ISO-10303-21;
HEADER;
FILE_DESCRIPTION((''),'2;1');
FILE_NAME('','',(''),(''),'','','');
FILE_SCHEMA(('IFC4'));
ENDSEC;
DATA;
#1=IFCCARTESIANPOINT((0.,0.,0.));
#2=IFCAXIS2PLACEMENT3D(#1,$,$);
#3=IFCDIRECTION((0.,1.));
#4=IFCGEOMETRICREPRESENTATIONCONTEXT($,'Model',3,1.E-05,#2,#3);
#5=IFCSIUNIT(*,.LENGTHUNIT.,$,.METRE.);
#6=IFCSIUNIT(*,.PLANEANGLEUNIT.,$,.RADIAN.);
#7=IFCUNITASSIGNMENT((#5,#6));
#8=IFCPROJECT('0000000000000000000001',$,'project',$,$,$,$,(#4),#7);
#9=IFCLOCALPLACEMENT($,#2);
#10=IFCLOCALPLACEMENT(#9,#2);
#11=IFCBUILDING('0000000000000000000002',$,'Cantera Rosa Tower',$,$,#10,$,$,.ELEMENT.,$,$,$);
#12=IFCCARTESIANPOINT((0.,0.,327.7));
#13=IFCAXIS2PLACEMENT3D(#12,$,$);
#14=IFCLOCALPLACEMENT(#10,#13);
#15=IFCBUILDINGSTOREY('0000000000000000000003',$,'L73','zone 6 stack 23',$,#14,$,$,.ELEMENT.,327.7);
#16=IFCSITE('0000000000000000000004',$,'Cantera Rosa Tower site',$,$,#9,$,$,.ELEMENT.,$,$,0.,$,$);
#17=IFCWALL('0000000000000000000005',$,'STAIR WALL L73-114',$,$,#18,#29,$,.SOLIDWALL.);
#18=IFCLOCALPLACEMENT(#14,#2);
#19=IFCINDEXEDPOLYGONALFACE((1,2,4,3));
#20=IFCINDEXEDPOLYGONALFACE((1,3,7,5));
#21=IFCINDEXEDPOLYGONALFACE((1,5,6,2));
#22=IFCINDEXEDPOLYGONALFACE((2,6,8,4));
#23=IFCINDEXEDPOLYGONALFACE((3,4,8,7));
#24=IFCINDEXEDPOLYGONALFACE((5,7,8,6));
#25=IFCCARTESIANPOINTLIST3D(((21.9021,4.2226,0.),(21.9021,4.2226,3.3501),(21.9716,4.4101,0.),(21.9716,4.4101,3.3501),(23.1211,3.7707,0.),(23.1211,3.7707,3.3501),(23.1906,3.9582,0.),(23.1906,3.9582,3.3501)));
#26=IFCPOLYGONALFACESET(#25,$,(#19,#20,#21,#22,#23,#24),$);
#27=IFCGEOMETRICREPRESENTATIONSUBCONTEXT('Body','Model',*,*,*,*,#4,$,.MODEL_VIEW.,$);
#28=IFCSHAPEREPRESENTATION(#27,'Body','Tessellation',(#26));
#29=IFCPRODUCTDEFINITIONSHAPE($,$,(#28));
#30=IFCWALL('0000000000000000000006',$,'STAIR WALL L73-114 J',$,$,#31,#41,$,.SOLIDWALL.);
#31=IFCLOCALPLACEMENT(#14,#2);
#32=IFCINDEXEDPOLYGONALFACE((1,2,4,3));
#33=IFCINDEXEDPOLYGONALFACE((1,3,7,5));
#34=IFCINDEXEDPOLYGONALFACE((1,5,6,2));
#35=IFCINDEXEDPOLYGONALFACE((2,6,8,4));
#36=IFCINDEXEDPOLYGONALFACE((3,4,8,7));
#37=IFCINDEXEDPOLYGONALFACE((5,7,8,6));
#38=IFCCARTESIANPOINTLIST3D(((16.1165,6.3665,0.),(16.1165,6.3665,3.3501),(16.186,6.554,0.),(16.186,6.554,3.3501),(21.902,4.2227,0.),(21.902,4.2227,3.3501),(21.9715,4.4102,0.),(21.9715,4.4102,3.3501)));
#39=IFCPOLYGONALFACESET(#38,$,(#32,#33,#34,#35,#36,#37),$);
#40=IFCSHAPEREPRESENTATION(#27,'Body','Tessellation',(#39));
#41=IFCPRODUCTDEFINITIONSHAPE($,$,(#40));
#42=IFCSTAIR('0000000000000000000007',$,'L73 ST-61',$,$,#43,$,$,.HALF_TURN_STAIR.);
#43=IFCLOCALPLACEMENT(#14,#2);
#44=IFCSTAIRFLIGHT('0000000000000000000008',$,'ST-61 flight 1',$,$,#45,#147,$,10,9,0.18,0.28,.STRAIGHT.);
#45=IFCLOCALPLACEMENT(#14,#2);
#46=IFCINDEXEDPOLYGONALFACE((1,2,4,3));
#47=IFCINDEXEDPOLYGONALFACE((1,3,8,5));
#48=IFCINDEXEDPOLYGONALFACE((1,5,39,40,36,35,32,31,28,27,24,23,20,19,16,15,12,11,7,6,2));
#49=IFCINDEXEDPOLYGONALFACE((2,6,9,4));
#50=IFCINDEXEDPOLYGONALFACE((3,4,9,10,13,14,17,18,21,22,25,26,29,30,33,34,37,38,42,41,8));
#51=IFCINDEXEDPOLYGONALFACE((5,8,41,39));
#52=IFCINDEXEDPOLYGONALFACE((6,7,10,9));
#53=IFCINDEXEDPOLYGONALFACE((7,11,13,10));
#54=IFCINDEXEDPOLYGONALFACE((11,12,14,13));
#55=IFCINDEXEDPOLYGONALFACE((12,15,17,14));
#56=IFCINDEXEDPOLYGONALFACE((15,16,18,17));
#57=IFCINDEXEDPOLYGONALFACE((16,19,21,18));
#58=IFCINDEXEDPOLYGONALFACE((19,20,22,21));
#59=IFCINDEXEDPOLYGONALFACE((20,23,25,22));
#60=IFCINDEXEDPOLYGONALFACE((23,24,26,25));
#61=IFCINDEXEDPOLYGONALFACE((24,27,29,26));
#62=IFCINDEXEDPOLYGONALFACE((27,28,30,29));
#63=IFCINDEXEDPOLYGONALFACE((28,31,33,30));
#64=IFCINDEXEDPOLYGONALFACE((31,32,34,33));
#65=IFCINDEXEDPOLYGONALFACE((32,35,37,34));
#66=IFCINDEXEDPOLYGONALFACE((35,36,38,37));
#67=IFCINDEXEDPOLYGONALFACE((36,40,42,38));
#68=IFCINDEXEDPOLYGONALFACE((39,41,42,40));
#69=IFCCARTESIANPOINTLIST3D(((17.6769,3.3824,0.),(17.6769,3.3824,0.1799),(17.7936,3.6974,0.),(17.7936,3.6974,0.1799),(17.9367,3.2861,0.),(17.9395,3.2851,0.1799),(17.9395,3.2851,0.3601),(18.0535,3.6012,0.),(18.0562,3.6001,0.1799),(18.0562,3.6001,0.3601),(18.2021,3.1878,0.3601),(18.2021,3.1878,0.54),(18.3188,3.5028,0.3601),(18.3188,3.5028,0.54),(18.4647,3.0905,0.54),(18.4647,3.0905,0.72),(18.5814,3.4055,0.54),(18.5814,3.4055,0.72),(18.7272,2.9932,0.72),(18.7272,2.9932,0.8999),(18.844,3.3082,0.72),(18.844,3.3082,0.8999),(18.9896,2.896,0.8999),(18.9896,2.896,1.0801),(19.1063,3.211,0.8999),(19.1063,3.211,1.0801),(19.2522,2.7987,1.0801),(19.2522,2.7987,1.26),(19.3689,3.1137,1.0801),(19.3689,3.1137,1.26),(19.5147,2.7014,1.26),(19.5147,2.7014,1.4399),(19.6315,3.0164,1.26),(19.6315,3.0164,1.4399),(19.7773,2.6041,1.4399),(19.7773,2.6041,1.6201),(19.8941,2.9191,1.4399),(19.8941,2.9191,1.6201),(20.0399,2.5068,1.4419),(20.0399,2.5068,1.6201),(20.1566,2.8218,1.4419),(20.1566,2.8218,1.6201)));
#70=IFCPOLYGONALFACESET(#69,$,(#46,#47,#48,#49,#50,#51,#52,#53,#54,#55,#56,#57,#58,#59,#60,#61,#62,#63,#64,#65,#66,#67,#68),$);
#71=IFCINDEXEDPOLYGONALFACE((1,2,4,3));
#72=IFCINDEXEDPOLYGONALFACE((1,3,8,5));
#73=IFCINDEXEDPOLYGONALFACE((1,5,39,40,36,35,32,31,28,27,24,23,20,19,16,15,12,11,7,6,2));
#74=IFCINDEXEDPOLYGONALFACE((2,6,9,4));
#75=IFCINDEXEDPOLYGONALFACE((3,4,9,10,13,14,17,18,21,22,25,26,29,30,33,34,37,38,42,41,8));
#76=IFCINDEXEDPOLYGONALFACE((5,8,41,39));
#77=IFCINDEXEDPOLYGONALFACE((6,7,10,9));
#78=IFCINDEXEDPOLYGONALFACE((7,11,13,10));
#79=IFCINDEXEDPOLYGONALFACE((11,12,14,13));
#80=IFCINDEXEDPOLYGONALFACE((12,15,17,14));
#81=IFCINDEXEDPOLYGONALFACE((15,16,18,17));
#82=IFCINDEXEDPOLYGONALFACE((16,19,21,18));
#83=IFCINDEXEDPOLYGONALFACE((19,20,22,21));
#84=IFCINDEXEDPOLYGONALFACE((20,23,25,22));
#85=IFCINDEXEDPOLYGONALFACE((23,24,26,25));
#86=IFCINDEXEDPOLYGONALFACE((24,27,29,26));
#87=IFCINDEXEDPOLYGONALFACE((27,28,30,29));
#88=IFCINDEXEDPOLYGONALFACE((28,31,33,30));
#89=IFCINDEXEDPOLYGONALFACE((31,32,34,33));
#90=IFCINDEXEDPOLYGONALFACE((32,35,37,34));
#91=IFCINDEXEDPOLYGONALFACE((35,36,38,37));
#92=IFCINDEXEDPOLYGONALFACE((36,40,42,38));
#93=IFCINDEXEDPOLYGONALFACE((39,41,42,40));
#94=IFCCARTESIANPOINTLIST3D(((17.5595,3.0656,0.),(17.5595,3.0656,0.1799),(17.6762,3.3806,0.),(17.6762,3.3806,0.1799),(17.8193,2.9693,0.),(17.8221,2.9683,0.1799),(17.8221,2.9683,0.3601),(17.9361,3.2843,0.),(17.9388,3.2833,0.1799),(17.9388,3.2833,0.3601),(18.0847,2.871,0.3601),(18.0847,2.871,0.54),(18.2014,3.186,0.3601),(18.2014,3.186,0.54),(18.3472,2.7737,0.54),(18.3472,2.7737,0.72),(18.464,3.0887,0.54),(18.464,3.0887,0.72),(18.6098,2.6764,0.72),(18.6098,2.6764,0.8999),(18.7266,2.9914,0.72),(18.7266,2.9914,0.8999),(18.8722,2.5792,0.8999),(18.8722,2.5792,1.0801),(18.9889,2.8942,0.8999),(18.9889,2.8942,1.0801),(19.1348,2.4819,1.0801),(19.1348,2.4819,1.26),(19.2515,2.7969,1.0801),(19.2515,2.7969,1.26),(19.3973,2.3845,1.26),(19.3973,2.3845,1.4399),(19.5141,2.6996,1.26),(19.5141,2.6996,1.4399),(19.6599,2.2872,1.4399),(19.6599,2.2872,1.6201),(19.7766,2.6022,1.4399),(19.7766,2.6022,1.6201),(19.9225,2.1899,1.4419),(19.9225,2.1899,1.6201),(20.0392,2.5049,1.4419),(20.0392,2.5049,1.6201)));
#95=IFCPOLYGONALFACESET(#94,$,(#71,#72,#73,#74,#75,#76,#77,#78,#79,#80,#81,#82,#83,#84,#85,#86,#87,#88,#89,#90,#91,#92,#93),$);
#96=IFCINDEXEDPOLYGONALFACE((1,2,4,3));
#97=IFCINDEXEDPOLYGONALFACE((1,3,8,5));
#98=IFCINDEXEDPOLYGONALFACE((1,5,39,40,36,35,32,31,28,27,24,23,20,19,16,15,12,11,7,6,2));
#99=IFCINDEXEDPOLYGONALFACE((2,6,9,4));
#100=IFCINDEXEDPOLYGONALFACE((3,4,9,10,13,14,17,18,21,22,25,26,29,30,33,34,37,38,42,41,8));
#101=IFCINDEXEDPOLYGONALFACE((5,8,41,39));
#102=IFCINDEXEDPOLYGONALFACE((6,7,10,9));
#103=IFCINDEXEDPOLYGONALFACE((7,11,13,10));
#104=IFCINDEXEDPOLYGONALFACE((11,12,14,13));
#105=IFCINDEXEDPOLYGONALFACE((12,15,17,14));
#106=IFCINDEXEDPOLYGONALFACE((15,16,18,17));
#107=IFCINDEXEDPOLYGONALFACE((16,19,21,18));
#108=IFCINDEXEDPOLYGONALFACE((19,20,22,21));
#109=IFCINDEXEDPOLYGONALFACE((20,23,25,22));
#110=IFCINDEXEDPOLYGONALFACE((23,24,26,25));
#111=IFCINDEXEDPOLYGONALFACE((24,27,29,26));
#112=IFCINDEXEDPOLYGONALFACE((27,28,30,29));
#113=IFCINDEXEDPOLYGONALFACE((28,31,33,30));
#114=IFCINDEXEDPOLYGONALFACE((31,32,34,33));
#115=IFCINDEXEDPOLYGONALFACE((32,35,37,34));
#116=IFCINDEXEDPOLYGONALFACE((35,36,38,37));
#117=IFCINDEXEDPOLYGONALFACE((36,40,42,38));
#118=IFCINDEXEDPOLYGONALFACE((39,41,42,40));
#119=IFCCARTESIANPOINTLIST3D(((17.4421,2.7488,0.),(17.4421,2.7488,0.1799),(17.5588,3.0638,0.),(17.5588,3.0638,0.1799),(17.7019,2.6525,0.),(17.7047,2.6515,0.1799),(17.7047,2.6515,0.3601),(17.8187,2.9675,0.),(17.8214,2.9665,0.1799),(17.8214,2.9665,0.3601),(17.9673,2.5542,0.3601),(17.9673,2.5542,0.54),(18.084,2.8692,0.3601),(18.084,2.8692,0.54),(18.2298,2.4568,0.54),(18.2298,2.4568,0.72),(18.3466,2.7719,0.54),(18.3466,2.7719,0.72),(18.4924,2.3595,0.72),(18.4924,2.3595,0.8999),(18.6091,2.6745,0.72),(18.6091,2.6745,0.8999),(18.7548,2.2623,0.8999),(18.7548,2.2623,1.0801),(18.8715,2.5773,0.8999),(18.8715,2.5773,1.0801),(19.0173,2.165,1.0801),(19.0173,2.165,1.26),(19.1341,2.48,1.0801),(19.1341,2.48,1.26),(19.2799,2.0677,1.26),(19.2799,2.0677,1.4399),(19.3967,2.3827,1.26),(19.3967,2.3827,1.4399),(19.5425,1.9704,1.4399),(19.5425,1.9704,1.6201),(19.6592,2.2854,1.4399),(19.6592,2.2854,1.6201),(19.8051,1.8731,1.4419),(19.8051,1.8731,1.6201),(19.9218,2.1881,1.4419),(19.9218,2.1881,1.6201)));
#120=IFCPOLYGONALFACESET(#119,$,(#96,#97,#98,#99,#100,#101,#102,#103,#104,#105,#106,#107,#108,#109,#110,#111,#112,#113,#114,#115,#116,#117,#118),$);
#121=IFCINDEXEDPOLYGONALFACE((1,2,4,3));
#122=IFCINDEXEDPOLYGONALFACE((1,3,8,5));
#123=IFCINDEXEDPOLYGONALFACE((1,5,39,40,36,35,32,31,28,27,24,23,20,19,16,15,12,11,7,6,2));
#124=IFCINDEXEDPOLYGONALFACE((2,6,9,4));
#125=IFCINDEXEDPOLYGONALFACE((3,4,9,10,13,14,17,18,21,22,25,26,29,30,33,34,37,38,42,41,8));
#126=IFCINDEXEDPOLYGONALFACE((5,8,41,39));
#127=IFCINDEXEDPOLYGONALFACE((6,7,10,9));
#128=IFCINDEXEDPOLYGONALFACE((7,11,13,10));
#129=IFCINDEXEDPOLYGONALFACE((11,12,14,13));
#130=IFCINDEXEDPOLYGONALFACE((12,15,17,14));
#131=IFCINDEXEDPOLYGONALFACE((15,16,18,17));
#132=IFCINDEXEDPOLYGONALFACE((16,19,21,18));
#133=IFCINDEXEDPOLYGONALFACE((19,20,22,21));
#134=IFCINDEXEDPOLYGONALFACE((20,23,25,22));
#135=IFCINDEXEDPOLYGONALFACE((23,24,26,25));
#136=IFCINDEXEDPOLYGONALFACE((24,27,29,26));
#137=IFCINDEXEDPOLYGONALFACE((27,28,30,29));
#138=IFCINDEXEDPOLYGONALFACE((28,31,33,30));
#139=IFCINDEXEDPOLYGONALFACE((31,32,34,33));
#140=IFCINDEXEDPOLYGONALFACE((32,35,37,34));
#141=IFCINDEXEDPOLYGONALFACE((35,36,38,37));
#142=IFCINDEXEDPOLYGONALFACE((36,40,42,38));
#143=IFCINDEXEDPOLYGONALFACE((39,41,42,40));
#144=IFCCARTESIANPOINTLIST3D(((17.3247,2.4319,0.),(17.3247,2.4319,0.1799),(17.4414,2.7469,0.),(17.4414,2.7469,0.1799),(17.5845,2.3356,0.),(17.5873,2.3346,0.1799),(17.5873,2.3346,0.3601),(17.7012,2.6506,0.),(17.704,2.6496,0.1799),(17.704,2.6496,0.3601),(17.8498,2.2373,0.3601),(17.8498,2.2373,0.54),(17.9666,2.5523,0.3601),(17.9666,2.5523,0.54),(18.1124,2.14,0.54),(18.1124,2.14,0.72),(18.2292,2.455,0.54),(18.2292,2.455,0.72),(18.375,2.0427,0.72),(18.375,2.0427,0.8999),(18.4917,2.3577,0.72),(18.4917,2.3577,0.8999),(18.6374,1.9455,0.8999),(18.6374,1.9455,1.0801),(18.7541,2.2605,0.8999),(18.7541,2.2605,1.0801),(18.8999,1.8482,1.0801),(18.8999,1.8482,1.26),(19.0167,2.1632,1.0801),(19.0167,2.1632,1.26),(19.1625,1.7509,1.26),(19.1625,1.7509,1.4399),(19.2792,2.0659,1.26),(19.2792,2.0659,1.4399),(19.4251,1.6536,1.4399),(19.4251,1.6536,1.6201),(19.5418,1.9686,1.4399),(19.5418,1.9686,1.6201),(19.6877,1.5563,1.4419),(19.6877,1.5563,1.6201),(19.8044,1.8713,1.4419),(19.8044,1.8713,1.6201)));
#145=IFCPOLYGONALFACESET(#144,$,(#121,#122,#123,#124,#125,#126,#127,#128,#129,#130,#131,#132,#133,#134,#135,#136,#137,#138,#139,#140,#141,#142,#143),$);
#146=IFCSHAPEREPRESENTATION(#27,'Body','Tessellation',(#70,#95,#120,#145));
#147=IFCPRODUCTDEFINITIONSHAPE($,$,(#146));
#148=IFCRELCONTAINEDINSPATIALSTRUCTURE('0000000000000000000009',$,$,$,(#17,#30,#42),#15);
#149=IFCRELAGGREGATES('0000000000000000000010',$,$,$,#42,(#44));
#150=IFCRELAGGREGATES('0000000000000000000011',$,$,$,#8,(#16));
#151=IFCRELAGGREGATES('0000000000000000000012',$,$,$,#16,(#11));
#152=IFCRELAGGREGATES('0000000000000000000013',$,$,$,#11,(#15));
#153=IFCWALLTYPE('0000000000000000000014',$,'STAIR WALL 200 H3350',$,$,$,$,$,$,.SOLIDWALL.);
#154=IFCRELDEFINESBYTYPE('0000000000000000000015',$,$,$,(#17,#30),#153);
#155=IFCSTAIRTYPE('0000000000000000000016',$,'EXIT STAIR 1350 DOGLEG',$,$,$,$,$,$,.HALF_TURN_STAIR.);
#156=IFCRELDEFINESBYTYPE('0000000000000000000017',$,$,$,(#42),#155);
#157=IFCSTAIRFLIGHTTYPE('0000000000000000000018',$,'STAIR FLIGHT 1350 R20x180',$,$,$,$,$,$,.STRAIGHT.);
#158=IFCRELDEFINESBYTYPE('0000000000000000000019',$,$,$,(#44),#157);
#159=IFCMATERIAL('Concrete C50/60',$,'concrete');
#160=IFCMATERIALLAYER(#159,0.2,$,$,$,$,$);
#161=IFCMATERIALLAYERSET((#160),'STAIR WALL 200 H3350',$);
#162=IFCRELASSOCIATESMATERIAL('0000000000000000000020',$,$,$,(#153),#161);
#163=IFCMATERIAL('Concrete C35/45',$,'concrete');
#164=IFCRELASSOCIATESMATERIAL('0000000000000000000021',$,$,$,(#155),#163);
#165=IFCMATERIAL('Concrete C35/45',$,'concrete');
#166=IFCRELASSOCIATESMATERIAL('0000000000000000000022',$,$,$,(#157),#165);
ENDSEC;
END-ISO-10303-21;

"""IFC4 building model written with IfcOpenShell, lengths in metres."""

from ifc_helpers import new_model, si_unit, direction, frame, frame_2d, origin, place, context, subcontext, project, spatial, polyline, rectangle, outline, extrude, material, layer, layer_set, type_object, element, aggregate, save


model = new_model("IFC4")

# Units and contexts
model_context = context("Model", 3, precision=1e-05, world=origin(), true_north=direction((0.0, 1.0)))
body_context = subcontext(model_context, "Body", "Model", "MODEL_VIEW")
ifc_project = project(units=[si_unit("LENGTHUNIT", "METRE"), si_unit("PLANEANGLEUNIT", "RADIAN")], contexts=[model_context])

# Site, building, storey
site_placement = place(None, origin())
site = spatial("IfcSite", under=ifc_project, at=site_placement, Name="Cantera Rosa Tower site", CompositionType="ELEMENT", RefElevation=0.0)
building_placement = place(site_placement, origin())
building = spatial("IfcBuilding", under=site, at=building_placement, Name="Cantera Rosa Tower", CompositionType="ELEMENT")
storey_placement = place(building_placement, frame((0.0, 0.0, 327.7)))
storey = spatial("IfcBuildingStorey", under=building, at=storey_placement, Name="L73", Description="zone 6 stack 23", CompositionType="ELEMENT", Elevation=327.7)

# Shared definitions
ifc_material_1 = material(Name="Concrete C50/60", Category="concrete")
ifc_layer_1 = layer(ifc_material_1, 0.2)
ifc_layer_set_1 = layer_set([ifc_layer_1], Name="STAIR WALL 200 H3350")
wall_type_1 = type_object("IfcWallType", Name="STAIR WALL 200 H3350", PredefinedType="SOLIDWALL", material=ifc_layer_set_1)

# Walls
wall_1_placement = place(storey_placement, frame((23.1558, 3.8645, 0.0), z_axis=(0.0, 0.0, 1.0), x_axis=(-0.937642, 0.347602, 0.0)))
element("IfcWall", 1, at=wall_1_placement, inside=storey, type_object=wall_type_1, Name="STAIR WALL L73-114", PredefinedType="SOLIDWALL", context=body_context, shape_type="SweptSolid", body=[
    extrude(rectangle(XDim=1.3, YDim=0.2, at=frame_2d((0.6499, 0.0))), origin(), (0.0, 0.0, 1.0), 3.3501),
])
wall_2_placement = place(storey_placement, frame((21.9368, 4.3164, 0.0), z_axis=(0.0, 0.0, 1.0), x_axis=(-0.937693, 0.347465, 0.0)))
element("IfcWall", 2, at=wall_2_placement, inside=storey, type_object=wall_type_1, Name="STAIR WALL L73-114 J", PredefinedType="SOLIDWALL", context=body_context, shape_type="SweptSolid", body=[
    extrude(rectangle(XDim=6.1699, YDim=0.2, at=frame_2d((3.085, 0.0))), origin(), (0.0, 0.0, 1.0), 3.3501),
])

# Stair, stair flight
ifc_material_2 = material(Name="Concrete C35/45", Category="concrete")
stair_type = type_object("IfcStairType", Name="EXIT STAIR 1350 DOGLEG", PredefinedType="HALF_TURN_STAIR", material=ifc_material_2)
stair_placement = place(storey_placement, origin())
stair = element("IfcStair", 3, at=stair_placement, inside=storey, type_object=stair_type, Name="L73 ST-61", PredefinedType="HALF_TURN_STAIR")
ifc_material_3 = material(Name="Concrete C35/45", Category="concrete")
stair_flight_type = type_object("IfcStairFlightType", Name="STAIR FLIGHT 1350 R20x180", PredefinedType="STRAIGHT", material=ifc_material_3)
stair_flight_1_placement = place(storey_placement, frame((17.5591, 3.0645, 0.0), z_axis=(0.0, 0.0, 1.0), x_axis=(0.937687, -0.347481, 0.0)))
stair_flight_1 = element("IfcStairFlight", 4, at=stair_flight_1_placement, type_object=stair_flight_type, Name="ST-61 flight 1", NumberOfRisers=10, NumberOfTreads=9, PredefinedType="STRAIGHT", RiserHeight=0.18, TreadLength=0.28, context=body_context, shape_type="SweptSolid", body=[
    extrude(outline(polyline([(0.0, 0.0), (0.0, 0.1799), (0.28, 0.1799), (0.28, 0.3601), (0.5601, 0.3601), (0.5601, 0.54), (0.8401, 0.54), (0.8401, 0.72), (1.1201, 0.72), (1.1201, 0.8999), (1.3999, 0.8999), (1.3999, 1.0801), (1.6799, 1.0801), (1.6799, 1.26), (1.96, 1.26), (1.96, 1.4399), (2.24, 1.4399), (2.24, 1.6201), (2.52, 1.6201), (2.52, 1.8), (2.52, 1.4419), (0.2771, 0.0), (0.0, 0.0)])), frame((0.0, 0.675, 0.0), z_axis=(0.0, -1.0, 0.0), x_axis=(1.0, 0.0, 0.0)), (0.0, 0.0, 1.0), 0.3359),
    extrude(outline(polyline([(0.0, 0.0), (0.0, 0.1799), (0.28, 0.1799), (0.28, 0.3601), (0.5601, 0.3601), (0.5601, 0.54), (0.8401, 0.54), (0.8401, 0.72), (1.1201, 0.72), (1.1201, 0.8999), (1.3999, 0.8999), (1.3999, 1.0801), (1.6799, 1.0801), (1.6799, 1.26), (1.96, 1.26), (1.96, 1.4399), (2.24, 1.4399), (2.24, 1.6201), (2.52, 1.6201), (2.52, 1.8), (2.52, 1.4419), (0.2771, 0.0), (0.0, 0.0)])), frame((0.0, 0.3372, 0.0), z_axis=(0.0, -1.0, 0.0), x_axis=(1.0, 0.0, 0.0)), (0.0, 0.0, 1.0), 0.3359),
    extrude(outline(polyline([(0.0, 0.0), (0.0, 0.1799), (0.28, 0.1799), (0.28, 0.3601), (0.5601, 0.3601), (0.5601, 0.54), (0.8401, 0.54), (0.8401, 0.72), (1.1201, 0.72), (1.1201, 0.8999), (1.3999, 0.8999), (1.3999, 1.0801), (1.6799, 1.0801), (1.6799, 1.26), (1.96, 1.26), (1.96, 1.4399), (2.24, 1.4399), (2.24, 1.6201), (2.52, 1.6201), (2.52, 1.8), (2.52, 1.4419), (0.2771, 0.0), (0.0, 0.0)])), frame((0.0, -0.0007, 0.0), z_axis=(0.0, -1.0, 0.0), x_axis=(1.0, 0.0, 0.0)), (0.0, 0.0, 1.0), 0.3359),
    extrude(outline(polyline([(0.0, 0.0), (0.0, 0.1799), (0.28, 0.1799), (0.28, 0.3601), (0.5601, 0.3601), (0.5601, 0.54), (0.8401, 0.54), (0.8401, 0.72), (1.1201, 0.72), (1.1201, 0.8999), (1.3999, 0.8999), (1.3999, 1.0801), (1.6799, 1.0801), (1.6799, 1.26), (1.96, 1.26), (1.96, 1.4399), (2.24, 1.4399), (2.24, 1.6201), (2.52, 1.6201), (2.52, 1.8), (2.52, 1.4419), (0.2771, 0.0), (0.0, 0.0)])), frame((0.0, -0.3386, 0.0), z_axis=(0.0, -1.0, 0.0), x_axis=(1.0, 0.0, 0.0)), (0.0, 0.0, 1.0), 0.3359),
])
aggregate(stair, [stair_flight_1])

save(model, "model.ifc")
